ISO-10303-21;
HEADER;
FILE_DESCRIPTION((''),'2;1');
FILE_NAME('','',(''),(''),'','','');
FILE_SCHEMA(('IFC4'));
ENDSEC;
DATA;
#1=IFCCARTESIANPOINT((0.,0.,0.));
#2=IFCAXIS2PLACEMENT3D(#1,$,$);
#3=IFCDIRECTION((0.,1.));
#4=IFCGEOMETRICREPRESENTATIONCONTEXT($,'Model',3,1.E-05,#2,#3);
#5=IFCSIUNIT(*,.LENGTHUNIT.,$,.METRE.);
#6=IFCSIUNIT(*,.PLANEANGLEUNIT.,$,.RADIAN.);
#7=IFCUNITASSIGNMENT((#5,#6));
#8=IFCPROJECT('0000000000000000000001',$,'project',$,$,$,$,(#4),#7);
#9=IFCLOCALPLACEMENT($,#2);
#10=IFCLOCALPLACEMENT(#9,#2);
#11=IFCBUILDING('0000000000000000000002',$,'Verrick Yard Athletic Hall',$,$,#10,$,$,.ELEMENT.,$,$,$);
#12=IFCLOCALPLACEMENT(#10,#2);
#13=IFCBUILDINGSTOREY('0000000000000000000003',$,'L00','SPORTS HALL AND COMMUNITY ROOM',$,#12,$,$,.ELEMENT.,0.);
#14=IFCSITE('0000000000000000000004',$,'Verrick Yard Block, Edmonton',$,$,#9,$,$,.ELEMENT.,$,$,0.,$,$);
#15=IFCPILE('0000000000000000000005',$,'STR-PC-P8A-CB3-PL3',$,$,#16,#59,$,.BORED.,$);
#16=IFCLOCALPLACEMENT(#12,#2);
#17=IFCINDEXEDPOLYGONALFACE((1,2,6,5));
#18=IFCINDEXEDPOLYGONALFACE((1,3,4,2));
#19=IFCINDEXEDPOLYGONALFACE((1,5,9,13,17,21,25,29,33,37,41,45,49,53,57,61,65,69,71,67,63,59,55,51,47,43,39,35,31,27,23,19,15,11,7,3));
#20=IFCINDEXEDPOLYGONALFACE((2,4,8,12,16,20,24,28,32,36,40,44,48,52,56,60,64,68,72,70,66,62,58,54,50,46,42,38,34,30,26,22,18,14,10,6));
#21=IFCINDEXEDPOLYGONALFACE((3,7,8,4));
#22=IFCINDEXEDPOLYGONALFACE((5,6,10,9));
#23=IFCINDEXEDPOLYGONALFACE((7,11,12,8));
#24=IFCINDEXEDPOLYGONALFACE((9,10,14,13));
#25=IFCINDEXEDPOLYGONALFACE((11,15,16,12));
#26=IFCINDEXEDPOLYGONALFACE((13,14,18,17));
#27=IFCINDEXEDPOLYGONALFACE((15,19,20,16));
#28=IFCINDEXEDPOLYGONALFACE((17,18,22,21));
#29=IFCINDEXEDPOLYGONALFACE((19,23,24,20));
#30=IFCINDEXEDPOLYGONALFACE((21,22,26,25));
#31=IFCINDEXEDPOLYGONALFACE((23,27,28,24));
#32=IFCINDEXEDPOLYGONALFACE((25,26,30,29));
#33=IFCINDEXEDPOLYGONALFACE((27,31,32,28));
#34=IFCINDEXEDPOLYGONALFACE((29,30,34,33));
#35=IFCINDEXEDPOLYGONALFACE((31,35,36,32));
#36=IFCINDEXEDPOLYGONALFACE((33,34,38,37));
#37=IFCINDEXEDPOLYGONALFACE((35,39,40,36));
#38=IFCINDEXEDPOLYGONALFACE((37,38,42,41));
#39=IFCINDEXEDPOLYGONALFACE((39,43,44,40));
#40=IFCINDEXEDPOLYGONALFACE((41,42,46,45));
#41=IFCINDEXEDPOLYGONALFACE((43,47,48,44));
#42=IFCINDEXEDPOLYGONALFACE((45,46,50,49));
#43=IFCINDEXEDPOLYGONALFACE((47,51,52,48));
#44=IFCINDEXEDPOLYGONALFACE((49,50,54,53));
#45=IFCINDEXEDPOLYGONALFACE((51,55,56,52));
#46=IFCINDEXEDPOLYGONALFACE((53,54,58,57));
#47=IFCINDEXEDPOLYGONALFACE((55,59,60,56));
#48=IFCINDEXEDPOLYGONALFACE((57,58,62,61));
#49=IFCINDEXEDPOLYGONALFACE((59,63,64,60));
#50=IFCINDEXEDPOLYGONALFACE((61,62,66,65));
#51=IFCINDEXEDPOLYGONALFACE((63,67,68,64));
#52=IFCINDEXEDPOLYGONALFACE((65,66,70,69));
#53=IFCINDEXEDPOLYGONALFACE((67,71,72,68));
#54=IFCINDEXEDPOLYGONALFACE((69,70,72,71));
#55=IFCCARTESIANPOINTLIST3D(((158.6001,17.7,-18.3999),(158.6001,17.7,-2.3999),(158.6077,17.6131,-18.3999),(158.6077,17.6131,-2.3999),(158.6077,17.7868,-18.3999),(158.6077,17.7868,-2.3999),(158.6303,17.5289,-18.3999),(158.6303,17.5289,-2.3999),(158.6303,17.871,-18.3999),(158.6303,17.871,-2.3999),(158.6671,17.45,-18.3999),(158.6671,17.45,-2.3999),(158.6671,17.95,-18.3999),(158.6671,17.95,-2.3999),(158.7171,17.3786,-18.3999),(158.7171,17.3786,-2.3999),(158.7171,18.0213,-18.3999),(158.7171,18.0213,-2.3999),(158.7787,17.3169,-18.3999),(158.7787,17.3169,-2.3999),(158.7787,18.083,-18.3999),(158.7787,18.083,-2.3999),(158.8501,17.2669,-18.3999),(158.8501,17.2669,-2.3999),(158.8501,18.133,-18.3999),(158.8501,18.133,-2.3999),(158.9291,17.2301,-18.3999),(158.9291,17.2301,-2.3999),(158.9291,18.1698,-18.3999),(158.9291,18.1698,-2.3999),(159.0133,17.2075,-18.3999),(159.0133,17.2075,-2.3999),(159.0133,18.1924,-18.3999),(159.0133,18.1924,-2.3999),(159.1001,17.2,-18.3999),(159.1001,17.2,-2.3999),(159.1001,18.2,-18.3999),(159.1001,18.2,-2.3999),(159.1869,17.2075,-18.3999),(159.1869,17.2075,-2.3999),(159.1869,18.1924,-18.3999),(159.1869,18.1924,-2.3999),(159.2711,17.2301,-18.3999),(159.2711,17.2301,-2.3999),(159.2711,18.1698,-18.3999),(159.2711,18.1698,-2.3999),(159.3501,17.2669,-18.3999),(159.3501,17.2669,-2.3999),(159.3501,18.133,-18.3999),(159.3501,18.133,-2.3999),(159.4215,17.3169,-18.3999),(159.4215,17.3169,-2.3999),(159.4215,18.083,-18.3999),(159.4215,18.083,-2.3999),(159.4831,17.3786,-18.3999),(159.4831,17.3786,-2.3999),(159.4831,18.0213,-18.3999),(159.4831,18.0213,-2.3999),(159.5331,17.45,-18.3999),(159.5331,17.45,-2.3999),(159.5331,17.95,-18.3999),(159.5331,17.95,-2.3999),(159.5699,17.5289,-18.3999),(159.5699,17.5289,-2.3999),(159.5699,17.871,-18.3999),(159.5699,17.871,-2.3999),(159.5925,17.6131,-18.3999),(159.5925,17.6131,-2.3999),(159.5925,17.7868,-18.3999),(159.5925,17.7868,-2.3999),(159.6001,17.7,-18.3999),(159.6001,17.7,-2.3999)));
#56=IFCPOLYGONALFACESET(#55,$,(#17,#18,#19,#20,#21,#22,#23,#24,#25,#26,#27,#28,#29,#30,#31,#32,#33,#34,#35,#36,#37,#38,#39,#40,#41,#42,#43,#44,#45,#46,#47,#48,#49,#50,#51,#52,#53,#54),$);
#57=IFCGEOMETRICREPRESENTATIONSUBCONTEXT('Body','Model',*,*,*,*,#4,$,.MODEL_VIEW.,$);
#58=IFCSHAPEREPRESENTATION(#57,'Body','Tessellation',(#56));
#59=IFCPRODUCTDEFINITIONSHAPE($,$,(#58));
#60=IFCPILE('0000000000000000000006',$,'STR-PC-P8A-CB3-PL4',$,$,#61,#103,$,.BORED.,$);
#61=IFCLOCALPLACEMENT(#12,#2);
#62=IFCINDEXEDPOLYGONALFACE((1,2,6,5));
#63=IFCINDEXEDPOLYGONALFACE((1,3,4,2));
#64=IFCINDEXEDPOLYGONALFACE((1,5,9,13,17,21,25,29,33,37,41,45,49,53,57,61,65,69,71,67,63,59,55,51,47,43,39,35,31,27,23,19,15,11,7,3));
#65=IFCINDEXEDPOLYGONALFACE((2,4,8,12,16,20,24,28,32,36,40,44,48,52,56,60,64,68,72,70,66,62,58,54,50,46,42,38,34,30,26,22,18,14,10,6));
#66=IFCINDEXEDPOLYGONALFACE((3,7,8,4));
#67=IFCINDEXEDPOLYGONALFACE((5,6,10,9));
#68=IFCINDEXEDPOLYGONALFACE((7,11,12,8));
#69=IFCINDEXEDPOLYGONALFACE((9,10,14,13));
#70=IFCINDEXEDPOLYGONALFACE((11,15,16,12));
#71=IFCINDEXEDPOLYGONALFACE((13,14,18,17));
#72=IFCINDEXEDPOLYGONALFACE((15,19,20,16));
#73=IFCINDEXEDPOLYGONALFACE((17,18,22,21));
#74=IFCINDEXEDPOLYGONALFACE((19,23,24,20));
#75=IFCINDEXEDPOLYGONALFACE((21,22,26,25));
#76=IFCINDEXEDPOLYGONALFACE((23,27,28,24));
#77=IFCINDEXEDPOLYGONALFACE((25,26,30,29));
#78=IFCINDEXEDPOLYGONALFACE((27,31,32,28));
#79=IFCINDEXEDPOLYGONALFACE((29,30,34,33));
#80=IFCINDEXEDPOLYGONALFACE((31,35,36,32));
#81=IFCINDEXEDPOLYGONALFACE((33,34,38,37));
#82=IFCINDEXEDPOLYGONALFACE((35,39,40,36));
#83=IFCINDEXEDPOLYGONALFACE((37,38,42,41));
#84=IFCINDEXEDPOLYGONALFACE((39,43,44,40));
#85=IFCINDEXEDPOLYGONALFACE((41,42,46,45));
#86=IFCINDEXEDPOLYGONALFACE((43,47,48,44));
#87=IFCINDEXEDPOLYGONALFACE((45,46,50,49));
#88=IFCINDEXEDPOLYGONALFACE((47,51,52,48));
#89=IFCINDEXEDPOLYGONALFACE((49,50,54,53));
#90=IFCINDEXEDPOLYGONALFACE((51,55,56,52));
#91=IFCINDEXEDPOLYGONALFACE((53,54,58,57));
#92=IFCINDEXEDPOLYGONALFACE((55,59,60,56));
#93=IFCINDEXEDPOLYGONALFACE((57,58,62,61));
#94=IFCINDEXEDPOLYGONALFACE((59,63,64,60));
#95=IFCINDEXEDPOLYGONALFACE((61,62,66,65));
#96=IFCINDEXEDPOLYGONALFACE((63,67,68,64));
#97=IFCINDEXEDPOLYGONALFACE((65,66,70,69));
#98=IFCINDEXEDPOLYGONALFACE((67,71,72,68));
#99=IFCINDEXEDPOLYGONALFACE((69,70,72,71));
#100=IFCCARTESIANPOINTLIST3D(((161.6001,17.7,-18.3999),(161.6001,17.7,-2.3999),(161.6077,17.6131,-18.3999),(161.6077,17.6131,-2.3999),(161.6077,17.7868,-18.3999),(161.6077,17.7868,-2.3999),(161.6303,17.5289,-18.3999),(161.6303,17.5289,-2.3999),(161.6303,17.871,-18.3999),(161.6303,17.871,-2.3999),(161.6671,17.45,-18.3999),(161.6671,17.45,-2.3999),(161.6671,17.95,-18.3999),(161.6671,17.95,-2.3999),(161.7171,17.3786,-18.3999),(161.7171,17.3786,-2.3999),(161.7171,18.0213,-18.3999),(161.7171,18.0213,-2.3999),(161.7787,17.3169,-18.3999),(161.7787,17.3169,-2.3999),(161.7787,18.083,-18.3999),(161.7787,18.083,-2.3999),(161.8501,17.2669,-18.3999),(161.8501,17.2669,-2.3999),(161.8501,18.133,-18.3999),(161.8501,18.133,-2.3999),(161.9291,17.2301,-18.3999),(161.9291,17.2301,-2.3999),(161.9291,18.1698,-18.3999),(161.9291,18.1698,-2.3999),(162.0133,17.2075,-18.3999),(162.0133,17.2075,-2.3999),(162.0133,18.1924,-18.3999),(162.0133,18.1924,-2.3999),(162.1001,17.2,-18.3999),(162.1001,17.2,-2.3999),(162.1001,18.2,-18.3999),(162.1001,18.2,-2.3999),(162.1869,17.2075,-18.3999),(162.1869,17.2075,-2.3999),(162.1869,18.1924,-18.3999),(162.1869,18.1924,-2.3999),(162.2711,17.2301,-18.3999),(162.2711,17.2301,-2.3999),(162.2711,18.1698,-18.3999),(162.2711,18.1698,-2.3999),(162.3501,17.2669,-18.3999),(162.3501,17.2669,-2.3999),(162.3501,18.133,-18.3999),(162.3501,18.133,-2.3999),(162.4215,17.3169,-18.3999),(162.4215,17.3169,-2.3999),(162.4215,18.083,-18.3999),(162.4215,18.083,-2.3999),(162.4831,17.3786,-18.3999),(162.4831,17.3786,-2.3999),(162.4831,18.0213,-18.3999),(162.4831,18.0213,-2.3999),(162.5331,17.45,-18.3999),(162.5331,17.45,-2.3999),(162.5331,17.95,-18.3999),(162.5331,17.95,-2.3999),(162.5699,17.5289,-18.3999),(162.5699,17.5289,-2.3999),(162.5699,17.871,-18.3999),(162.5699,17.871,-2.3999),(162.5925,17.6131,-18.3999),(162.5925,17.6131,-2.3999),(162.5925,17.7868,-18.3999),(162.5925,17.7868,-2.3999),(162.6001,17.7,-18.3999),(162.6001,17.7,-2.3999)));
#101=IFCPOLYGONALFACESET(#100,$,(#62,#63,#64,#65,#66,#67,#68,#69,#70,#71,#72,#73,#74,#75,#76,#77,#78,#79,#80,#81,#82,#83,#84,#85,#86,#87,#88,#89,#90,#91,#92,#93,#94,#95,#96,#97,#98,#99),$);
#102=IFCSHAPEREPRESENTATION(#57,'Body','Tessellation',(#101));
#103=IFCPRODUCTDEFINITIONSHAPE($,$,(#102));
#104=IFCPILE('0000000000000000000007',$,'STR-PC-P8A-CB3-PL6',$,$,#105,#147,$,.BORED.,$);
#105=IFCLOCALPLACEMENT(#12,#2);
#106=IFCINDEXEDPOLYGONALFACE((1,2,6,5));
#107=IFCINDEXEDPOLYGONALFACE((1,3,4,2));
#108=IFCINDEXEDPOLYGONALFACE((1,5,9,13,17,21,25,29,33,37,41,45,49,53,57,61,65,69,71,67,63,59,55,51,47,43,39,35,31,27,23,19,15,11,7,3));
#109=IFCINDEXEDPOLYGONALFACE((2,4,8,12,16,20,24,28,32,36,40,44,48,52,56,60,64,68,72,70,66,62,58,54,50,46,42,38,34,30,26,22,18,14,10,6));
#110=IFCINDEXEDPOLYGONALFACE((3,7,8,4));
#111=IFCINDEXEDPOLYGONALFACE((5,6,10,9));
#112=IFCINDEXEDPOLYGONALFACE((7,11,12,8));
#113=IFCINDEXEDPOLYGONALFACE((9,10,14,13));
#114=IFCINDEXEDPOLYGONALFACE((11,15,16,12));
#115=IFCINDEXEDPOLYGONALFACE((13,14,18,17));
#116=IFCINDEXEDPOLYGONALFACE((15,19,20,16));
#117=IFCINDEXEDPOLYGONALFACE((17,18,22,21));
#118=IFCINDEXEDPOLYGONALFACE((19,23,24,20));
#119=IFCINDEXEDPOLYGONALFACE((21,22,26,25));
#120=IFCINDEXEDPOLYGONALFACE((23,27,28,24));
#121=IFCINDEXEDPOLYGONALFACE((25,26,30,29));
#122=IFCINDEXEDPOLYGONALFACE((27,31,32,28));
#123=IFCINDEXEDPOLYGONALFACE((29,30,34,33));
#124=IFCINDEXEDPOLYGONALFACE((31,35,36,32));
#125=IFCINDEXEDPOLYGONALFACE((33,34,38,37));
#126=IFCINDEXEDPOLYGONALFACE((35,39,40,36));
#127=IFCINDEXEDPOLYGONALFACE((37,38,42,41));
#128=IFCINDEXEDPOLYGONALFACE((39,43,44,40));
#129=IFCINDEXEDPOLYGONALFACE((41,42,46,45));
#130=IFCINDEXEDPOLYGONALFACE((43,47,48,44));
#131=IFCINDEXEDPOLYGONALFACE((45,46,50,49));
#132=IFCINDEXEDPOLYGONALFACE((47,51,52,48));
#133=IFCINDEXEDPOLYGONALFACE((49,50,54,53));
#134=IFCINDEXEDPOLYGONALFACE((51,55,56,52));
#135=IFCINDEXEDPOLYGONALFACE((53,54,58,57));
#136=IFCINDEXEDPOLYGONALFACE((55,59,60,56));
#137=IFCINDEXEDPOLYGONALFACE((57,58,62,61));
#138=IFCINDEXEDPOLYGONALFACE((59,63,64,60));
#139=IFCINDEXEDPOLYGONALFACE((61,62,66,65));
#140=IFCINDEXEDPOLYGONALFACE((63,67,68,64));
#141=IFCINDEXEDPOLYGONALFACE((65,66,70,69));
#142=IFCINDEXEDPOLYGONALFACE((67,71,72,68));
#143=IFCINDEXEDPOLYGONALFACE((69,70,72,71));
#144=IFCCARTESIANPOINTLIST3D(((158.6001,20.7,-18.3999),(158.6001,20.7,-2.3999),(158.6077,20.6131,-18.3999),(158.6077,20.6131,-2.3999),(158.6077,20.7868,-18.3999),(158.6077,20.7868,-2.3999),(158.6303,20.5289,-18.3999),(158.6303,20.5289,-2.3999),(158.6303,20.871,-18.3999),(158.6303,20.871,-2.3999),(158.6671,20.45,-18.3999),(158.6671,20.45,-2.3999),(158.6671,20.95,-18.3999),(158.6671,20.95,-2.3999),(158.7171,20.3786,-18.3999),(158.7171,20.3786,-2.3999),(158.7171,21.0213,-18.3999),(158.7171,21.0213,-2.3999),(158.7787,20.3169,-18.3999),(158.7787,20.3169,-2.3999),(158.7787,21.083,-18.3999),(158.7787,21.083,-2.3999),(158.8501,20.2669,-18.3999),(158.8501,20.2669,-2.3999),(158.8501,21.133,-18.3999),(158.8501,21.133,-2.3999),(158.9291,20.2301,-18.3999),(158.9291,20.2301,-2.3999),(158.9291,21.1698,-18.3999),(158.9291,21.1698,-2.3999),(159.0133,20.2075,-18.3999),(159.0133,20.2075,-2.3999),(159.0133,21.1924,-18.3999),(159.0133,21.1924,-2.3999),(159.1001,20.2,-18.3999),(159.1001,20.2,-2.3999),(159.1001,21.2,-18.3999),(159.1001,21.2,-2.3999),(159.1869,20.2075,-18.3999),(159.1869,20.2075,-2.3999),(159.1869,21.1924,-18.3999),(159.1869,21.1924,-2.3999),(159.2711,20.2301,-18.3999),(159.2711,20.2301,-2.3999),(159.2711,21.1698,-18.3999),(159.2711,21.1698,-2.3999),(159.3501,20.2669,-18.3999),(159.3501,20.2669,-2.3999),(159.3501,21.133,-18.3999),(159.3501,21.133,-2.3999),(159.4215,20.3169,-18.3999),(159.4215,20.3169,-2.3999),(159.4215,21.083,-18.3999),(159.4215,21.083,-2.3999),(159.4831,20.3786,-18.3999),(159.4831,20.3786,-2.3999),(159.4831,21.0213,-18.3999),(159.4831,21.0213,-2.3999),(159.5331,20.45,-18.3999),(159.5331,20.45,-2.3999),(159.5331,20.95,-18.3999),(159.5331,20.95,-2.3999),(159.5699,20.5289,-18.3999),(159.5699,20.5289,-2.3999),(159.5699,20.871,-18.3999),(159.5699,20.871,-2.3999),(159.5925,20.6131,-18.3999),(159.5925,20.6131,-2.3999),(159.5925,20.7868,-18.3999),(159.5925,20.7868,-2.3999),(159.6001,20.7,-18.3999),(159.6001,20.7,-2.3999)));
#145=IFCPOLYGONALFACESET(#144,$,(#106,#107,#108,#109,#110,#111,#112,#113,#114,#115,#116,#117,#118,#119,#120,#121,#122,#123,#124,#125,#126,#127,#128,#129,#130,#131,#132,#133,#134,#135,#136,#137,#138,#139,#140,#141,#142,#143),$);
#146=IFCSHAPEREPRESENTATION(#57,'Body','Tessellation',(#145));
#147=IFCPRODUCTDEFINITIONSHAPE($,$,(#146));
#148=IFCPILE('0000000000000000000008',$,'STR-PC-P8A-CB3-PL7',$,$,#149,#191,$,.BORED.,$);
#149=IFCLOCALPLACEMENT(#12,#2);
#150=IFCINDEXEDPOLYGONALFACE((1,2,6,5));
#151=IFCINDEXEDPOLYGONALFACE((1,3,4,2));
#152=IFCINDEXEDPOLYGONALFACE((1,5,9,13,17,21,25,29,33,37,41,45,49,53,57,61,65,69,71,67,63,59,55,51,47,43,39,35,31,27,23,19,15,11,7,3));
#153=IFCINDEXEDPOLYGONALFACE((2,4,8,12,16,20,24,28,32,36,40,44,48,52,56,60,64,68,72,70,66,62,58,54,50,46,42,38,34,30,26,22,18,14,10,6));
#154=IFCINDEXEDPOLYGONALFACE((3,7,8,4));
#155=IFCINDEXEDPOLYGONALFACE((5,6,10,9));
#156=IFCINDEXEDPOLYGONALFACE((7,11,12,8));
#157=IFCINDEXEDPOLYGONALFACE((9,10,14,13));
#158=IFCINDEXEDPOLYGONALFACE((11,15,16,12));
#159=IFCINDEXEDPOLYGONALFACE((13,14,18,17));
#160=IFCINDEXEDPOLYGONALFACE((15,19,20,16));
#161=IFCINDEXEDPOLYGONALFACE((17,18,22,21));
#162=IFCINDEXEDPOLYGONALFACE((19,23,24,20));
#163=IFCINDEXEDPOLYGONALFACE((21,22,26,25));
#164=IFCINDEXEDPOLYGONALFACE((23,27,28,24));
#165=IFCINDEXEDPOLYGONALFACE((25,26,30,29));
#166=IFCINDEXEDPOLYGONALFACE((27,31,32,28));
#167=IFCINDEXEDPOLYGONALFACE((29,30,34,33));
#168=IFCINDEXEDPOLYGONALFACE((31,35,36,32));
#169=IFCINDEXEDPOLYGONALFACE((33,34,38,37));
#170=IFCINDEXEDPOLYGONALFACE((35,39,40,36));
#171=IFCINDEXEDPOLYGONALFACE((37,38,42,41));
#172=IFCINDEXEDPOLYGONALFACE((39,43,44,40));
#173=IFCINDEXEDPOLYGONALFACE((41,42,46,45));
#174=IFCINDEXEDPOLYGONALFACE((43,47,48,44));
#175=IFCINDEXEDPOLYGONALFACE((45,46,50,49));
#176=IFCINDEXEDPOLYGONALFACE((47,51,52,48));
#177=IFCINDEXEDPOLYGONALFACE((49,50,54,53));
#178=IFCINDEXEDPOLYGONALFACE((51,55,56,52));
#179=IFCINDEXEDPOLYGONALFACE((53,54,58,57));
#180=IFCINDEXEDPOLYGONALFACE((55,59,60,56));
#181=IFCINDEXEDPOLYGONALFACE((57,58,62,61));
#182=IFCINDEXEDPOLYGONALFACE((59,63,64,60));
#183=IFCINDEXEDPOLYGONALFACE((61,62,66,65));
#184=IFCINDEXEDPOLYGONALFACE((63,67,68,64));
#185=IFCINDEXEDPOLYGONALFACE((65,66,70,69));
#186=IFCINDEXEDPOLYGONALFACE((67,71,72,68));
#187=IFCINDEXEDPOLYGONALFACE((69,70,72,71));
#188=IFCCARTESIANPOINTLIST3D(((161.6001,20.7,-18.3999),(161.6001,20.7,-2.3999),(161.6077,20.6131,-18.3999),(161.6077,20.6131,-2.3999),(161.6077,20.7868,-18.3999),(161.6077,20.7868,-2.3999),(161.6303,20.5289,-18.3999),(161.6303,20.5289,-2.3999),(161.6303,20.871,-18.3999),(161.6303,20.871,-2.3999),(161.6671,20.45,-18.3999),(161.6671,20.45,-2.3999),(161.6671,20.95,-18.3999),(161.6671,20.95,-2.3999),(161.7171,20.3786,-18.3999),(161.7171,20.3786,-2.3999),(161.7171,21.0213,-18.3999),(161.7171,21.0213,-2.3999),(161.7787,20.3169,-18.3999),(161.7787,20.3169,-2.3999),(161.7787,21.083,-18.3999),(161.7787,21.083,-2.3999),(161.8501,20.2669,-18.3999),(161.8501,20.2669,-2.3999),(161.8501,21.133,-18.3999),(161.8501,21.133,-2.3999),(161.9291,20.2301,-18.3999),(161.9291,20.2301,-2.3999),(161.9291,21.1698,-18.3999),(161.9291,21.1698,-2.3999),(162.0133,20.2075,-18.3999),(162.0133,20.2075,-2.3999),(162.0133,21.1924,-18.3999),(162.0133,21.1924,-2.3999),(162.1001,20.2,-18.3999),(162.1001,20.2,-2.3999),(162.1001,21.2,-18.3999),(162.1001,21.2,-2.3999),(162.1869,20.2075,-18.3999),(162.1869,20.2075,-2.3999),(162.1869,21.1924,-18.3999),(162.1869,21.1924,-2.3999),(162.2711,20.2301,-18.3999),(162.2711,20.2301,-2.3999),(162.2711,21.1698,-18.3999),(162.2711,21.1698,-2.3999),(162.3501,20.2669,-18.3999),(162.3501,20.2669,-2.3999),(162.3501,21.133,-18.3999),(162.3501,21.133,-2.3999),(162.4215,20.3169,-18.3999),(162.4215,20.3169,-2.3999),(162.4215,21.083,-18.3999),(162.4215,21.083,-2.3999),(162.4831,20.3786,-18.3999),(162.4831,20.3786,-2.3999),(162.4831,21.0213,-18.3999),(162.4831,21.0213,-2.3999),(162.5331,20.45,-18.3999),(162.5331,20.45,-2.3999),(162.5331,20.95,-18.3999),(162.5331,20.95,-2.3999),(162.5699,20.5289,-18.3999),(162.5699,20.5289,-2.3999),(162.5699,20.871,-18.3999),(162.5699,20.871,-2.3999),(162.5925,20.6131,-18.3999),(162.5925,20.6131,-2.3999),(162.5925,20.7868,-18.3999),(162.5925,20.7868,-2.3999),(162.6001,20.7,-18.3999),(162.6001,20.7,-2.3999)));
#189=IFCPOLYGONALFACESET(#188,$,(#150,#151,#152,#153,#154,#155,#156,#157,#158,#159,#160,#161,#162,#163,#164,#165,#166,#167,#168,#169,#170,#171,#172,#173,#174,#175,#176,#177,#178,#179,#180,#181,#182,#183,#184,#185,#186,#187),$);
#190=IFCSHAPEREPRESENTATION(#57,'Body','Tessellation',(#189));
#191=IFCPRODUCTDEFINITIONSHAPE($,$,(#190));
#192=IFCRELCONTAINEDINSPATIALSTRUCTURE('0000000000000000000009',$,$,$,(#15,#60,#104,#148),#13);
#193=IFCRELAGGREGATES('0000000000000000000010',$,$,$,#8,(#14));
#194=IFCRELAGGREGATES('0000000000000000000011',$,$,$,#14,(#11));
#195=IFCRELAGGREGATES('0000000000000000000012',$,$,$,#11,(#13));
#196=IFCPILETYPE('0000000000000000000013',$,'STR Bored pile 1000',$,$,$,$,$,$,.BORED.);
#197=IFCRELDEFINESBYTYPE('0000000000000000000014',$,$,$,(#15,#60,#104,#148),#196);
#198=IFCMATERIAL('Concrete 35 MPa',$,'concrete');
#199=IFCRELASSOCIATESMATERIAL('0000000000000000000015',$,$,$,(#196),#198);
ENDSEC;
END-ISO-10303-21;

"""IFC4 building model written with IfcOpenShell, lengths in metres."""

from ifc_helpers import new_model, si_unit, direction, frame, origin, origin_2d, place, context, subcontext, project, spatial, circle, extrude, material, type_object, element, save


model = new_model("IFC4")

# Units and contexts
model_context = context("Model", 3, precision=1e-05, world=origin(), true_north=direction((0.0, 1.0)))
body_context = subcontext(model_context, "Body", "Model", "MODEL_VIEW")
ifc_project = project(units=[si_unit("LENGTHUNIT", "METRE"), si_unit("PLANEANGLEUNIT", "RADIAN")], contexts=[model_context])

# Site, building, storey
site_placement = place(None, origin())
site = spatial("IfcSite", under=ifc_project, at=site_placement, Name="Verrick Yard Block, Edmonton", CompositionType="ELEMENT", RefElevation=0.0)
building_placement = place(site_placement, origin())
building = spatial("IfcBuilding", under=site, at=building_placement, Name="Verrick Yard Athletic Hall", CompositionType="ELEMENT")
storey_placement = place(building_placement, origin())
storey = spatial("IfcBuildingStorey", under=building, at=storey_placement, Name="L00", Description="SPORTS HALL AND COMMUNITY ROOM", CompositionType="ELEMENT", Elevation=0.0)

# Piles
ifc_material_1 = material(Name="Concrete 35 MPa", Category="concrete")
pile_type = type_object("IfcPileType", Name="STR Bored pile 1000", PredefinedType="BORED", material=ifc_material_1)
for number, where, z_axis, x_axis, name in (
    (1, (159.1001, 17.7, -2.3999), (0.0, 0.0, -1.0), (1.0, 0.0, 0.0), "STR-PC-P8A-CB3-PL3"),
    (2, (162.1001, 17.7, -2.3999), (0.0, 0.0, -1.0), (1.0, 0.0, 0.0), "STR-PC-P8A-CB3-PL4"),
    (3, (159.1001, 20.7, -2.3999), (0.0, 0.0, -1.0), (1.0, 0.0, 0.0), "STR-PC-P8A-CB3-PL6"),
    (4, (162.1001, 20.7, -2.3999), (0.0, 0.0, -1.0), (1.0, 0.0, 0.0), "STR-PC-P8A-CB3-PL7"),
):
    element("IfcPile", number, at=place(storey_placement, frame(where, z_axis=z_axis, x_axis=x_axis)), inside=storey, type_object=pile_type, Name=name, PredefinedType="BORED", context=body_context, shape_type="SweptSolid", body=[
        extrude(circle(Radius=0.5, at=origin_2d()), origin(), (0.0, 0.0, 1.0), 16.0),
    ])

save(model, "model.ifc")
